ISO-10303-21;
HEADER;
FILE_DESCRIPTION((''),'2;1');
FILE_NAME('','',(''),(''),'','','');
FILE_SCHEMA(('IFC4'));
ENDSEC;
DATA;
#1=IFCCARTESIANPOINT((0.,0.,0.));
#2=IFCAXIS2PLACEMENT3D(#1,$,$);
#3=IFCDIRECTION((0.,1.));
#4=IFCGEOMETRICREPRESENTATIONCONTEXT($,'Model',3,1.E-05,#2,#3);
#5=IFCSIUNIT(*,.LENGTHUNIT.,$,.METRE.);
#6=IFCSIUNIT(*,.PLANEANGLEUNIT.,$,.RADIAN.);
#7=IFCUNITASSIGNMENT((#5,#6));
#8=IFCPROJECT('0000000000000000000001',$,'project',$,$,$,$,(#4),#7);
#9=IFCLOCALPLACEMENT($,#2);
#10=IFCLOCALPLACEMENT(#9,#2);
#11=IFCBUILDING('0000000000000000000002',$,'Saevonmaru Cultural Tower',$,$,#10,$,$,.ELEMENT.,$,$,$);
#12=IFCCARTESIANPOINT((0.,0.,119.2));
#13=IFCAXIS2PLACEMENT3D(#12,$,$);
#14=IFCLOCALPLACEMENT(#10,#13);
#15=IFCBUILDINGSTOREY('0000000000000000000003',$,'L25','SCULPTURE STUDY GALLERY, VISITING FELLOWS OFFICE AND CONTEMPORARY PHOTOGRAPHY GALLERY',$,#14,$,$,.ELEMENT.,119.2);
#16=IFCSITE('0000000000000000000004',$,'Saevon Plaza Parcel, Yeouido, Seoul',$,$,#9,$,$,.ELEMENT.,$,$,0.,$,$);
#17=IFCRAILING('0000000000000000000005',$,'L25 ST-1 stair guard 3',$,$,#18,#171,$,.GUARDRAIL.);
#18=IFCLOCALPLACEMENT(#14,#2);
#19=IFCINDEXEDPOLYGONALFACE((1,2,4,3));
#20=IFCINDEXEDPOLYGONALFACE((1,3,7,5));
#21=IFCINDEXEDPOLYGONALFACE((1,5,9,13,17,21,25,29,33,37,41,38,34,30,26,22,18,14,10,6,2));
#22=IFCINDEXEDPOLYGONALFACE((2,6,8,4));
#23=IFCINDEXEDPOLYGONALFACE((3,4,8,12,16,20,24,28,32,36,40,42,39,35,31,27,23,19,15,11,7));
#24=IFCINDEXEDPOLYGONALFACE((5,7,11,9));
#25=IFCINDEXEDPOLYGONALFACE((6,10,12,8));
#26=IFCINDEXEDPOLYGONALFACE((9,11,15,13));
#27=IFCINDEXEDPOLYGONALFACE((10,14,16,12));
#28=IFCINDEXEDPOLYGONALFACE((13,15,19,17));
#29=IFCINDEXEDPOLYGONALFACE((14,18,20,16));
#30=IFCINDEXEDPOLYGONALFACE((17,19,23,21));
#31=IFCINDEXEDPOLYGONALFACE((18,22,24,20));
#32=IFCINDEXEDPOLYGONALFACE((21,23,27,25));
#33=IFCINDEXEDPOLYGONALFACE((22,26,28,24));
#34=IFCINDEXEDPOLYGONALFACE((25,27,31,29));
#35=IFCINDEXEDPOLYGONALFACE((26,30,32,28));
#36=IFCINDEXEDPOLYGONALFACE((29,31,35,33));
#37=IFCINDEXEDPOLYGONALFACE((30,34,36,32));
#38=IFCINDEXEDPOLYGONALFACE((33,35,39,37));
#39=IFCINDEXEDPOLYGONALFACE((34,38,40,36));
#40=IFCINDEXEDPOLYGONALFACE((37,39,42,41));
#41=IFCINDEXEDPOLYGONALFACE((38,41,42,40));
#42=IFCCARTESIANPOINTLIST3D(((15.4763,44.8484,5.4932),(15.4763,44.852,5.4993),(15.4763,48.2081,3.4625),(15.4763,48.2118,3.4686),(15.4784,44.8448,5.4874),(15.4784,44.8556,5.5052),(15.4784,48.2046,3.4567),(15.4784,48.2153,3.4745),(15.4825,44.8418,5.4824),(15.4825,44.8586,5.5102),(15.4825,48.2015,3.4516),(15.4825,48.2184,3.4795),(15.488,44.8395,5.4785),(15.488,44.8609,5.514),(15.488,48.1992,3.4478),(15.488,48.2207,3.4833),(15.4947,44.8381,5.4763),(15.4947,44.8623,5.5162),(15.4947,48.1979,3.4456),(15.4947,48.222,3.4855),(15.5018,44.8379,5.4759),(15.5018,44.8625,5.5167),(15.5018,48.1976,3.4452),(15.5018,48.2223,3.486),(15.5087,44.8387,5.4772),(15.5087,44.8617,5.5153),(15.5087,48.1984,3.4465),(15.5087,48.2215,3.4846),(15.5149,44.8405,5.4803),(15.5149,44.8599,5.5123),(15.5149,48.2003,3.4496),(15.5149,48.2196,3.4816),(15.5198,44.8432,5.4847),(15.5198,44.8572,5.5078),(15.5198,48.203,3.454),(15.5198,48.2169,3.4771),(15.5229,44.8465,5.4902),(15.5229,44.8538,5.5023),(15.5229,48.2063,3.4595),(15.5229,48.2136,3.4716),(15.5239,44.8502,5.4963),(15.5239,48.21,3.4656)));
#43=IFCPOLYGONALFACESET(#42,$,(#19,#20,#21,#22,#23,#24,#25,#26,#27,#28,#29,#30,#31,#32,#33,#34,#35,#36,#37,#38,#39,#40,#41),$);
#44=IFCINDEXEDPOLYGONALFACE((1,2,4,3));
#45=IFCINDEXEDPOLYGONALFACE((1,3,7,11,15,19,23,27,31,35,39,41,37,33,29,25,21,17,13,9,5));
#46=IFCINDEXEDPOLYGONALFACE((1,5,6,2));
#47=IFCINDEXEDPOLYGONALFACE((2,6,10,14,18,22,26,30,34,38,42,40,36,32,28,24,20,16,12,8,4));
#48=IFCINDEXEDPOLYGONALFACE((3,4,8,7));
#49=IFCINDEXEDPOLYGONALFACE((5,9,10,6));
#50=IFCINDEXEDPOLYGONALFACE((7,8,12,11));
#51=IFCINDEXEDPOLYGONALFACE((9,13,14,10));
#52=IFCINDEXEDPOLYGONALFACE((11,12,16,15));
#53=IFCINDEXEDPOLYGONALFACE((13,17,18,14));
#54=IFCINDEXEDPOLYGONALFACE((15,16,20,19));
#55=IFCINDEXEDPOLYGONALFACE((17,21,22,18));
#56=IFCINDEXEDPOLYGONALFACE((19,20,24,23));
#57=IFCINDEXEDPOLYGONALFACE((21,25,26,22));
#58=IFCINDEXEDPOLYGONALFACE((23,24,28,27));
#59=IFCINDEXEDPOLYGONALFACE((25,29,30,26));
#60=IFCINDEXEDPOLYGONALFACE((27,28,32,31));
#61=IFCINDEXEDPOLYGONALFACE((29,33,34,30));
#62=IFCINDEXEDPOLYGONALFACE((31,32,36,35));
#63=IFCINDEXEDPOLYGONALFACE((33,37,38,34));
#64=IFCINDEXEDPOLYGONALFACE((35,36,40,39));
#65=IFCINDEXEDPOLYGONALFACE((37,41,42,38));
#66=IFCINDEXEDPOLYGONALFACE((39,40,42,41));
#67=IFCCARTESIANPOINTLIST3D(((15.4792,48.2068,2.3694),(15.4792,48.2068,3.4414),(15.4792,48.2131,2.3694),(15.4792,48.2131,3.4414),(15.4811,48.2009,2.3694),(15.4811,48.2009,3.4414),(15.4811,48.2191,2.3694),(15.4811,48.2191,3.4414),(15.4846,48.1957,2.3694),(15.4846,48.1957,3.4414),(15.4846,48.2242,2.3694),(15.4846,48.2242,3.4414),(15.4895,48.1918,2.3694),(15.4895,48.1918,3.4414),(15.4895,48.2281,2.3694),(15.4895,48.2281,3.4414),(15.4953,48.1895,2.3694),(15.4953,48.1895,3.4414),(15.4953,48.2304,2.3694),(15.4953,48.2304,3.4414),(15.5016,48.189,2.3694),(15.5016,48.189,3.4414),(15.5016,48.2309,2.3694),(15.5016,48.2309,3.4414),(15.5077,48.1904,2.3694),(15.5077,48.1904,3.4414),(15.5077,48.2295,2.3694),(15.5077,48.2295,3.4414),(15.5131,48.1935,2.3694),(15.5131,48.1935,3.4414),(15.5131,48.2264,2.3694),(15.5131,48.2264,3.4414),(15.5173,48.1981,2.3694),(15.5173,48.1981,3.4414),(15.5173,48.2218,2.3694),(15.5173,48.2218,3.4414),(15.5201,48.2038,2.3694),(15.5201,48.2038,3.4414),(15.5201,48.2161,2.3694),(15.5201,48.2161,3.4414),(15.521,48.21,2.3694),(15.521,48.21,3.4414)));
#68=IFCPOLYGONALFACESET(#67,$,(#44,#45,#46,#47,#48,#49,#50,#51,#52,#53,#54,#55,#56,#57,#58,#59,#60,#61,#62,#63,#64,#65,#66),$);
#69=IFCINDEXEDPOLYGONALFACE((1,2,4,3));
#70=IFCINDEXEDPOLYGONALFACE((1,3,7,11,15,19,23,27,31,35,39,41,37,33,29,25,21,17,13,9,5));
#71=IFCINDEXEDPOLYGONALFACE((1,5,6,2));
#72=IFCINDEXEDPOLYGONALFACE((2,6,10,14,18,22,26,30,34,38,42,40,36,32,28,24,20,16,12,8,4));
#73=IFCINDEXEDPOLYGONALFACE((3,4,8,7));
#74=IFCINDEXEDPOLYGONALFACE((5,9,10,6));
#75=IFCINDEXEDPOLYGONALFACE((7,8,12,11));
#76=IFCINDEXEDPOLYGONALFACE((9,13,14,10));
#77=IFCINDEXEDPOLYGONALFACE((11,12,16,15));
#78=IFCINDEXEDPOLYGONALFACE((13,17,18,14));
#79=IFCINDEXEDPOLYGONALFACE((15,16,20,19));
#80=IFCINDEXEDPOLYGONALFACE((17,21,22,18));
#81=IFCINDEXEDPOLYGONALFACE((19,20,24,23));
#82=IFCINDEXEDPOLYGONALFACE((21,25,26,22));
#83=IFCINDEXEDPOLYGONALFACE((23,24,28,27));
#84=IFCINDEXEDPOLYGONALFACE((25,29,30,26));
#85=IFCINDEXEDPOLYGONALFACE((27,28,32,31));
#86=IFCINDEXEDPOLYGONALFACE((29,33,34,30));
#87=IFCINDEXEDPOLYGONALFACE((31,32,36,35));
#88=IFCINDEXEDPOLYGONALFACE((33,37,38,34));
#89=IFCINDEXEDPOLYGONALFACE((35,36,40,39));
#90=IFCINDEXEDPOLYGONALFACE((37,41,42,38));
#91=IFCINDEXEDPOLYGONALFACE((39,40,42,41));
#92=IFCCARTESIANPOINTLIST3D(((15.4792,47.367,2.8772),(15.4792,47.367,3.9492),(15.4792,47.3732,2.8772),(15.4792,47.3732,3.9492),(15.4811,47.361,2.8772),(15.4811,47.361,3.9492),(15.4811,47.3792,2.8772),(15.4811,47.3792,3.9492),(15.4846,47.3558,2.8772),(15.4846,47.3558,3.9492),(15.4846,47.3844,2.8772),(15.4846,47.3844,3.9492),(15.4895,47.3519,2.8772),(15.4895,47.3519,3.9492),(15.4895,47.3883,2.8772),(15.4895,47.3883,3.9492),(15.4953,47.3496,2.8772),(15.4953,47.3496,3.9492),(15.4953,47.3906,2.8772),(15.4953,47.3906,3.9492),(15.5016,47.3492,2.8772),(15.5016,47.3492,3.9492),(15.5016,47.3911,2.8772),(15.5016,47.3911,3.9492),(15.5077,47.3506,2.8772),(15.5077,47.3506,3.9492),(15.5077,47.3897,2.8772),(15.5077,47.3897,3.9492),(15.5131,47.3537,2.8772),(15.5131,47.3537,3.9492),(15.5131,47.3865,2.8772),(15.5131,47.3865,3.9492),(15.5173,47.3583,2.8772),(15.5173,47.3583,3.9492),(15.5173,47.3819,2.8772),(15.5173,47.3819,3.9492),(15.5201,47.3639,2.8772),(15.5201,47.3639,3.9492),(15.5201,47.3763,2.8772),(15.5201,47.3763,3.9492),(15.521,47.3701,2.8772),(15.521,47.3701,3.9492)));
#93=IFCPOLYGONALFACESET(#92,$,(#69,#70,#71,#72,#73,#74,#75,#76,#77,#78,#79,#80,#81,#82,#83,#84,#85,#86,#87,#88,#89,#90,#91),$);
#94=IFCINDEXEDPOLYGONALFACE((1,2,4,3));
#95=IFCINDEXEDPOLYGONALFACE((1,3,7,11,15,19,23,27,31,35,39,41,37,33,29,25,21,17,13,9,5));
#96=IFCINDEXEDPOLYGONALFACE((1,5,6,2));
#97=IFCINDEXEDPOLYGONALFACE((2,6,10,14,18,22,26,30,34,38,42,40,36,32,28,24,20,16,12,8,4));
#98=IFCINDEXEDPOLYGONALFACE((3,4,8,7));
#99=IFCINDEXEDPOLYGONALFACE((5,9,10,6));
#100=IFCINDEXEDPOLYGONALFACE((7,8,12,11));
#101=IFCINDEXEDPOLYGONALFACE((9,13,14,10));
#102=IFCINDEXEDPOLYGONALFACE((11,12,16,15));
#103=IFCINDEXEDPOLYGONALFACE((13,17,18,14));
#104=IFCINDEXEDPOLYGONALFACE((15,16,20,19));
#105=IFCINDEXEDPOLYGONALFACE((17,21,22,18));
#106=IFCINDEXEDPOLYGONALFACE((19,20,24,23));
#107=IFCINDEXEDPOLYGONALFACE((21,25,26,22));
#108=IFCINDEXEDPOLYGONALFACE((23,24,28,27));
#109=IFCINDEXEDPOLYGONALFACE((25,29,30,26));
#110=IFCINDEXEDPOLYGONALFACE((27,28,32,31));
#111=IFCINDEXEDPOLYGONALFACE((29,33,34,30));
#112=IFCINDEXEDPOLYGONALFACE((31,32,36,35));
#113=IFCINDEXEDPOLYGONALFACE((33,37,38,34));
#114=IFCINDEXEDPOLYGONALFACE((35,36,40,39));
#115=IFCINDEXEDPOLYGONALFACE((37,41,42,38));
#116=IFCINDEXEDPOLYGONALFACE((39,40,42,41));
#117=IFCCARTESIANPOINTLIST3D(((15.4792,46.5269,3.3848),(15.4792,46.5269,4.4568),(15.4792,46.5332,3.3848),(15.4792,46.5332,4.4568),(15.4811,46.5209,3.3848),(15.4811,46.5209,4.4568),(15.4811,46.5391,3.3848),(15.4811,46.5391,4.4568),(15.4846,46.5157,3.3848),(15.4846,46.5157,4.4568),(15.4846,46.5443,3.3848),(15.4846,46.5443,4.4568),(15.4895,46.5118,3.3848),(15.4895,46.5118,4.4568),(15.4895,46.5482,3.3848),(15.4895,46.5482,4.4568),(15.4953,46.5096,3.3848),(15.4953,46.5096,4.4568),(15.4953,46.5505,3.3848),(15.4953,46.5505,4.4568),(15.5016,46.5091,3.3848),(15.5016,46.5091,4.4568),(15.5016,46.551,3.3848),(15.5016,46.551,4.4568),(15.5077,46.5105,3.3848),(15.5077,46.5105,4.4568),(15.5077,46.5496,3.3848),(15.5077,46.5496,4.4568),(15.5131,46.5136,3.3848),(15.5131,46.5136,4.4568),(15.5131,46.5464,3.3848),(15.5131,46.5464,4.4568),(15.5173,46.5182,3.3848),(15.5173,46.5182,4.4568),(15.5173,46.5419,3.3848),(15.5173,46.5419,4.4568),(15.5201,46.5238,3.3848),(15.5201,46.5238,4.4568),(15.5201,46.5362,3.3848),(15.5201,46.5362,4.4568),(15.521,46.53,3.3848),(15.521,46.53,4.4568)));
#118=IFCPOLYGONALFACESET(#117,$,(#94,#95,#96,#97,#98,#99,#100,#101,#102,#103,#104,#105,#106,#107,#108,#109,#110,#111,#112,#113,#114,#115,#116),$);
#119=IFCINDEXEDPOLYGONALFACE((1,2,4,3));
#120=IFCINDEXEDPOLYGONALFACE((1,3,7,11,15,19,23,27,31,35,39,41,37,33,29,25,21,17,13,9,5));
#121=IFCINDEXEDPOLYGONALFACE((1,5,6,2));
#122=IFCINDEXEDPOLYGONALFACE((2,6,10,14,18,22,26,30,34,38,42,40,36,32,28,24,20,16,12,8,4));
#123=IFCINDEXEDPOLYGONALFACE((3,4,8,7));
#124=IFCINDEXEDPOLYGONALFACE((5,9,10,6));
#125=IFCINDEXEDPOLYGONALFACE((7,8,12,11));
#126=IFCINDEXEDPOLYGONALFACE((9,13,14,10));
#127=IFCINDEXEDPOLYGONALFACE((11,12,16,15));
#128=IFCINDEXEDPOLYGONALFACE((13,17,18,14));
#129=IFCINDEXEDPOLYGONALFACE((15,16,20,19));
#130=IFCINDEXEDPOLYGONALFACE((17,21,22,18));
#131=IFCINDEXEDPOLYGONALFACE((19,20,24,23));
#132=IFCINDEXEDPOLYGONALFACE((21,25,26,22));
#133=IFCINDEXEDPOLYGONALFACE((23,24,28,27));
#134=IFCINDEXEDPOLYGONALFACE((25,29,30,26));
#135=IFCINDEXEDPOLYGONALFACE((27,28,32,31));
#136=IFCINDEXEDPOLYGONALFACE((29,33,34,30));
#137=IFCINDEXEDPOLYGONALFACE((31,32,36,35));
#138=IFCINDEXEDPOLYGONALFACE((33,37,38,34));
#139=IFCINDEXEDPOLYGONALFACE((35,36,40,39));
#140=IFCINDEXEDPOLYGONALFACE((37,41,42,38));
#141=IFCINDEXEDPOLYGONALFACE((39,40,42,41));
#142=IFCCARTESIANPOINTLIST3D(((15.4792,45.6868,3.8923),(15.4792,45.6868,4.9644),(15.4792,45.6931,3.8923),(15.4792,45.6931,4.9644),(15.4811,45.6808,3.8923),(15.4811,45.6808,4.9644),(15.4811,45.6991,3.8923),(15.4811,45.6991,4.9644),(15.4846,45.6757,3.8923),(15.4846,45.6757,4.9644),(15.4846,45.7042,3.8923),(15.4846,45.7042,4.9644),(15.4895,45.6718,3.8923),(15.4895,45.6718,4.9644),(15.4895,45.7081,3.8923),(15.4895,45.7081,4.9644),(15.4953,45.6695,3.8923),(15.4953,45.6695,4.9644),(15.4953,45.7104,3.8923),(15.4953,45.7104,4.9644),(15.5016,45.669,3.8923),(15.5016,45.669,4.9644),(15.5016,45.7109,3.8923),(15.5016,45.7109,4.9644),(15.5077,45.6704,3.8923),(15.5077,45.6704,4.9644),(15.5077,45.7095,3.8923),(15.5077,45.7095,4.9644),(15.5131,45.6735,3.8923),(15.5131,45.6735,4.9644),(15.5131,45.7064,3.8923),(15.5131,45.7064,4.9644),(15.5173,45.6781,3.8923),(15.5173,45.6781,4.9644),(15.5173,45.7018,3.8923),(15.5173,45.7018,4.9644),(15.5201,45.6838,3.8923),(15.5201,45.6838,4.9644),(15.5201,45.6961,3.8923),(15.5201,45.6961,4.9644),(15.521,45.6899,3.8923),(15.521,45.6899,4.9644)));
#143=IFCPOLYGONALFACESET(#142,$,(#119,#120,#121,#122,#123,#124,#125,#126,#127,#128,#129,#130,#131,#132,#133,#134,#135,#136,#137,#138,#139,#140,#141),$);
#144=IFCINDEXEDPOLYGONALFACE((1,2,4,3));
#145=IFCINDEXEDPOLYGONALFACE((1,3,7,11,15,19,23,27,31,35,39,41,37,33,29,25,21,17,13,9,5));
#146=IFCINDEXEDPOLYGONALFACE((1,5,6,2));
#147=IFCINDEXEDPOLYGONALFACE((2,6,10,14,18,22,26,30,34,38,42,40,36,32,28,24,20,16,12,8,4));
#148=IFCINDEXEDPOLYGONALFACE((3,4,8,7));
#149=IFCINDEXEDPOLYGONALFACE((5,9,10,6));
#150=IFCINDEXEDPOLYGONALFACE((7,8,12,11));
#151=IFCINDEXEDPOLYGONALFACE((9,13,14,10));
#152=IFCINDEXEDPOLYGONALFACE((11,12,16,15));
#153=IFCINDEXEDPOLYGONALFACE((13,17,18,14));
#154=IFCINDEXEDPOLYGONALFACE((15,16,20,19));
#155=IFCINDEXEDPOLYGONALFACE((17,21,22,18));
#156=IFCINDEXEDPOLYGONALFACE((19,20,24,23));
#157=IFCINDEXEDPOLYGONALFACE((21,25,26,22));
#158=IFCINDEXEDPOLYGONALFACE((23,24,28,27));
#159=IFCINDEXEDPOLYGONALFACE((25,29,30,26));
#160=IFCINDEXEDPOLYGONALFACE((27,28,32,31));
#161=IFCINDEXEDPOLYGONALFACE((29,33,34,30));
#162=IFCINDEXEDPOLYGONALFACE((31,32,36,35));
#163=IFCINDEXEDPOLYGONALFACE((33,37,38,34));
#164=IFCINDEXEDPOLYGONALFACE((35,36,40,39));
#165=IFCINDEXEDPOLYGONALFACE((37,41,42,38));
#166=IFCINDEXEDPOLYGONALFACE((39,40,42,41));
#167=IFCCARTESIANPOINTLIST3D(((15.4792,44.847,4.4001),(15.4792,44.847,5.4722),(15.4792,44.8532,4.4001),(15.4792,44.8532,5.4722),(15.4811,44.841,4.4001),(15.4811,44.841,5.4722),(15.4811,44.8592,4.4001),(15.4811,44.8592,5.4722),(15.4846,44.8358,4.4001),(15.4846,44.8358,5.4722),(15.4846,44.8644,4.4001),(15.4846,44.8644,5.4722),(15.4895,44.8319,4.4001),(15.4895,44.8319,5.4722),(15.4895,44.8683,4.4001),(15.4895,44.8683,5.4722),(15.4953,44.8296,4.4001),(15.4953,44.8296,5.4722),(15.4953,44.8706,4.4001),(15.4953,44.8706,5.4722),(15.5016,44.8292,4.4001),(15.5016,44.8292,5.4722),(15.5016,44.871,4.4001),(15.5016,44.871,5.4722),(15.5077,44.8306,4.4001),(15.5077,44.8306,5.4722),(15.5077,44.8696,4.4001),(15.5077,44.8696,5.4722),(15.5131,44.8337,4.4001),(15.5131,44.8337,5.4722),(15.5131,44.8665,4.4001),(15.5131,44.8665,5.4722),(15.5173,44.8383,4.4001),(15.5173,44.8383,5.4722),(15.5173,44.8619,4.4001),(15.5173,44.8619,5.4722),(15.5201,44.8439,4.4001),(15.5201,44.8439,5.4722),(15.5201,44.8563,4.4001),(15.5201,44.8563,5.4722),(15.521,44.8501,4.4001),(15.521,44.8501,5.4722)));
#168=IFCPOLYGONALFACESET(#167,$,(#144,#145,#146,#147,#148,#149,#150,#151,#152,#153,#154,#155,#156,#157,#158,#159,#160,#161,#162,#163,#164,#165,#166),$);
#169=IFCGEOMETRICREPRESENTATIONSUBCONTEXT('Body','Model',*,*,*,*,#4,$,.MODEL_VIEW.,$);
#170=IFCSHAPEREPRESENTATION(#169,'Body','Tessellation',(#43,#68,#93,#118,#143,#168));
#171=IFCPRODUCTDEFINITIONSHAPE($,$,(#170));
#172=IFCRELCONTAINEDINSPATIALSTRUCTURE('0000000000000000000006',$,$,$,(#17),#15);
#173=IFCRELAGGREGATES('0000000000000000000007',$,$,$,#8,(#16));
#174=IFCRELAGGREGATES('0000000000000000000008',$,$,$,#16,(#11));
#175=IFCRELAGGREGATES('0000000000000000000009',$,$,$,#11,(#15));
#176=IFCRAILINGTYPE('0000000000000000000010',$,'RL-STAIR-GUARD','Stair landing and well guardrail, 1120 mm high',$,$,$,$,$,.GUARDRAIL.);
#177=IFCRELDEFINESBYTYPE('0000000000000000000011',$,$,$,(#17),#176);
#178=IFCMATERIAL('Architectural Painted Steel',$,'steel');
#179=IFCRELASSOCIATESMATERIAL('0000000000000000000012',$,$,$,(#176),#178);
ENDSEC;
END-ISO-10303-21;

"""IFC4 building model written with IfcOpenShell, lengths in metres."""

from ifc_helpers import new_model, si_unit, direction, frame, origin, origin_2d, place, context, subcontext, project, spatial, circle, extrude, material, type_object, element, save


model = new_model("IFC4")

# Units and contexts
model_context = context("Model", 3, precision=1e-05, world=origin(), true_north=direction((0.0, 1.0)))
body_context = subcontext(model_context, "Body", "Model", "MODEL_VIEW")
ifc_project = project(units=[si_unit("LENGTHUNIT", "METRE"), si_unit("PLANEANGLEUNIT", "RADIAN")], contexts=[model_context])

# Site, building, storey
site_placement = place(None, origin())
site = spatial("IfcSite", under=ifc_project, at=site_placement, Name="Saevon Plaza Parcel, Yeouido, Seoul", CompositionType="ELEMENT", RefElevation=0.0)
building_placement = place(site_placement, origin())
building = spatial("IfcBuilding", under=site, at=building_placement, Name="Saevonmaru Cultural Tower", CompositionType="ELEMENT")
storey_placement = place(building_placement, frame((0.0, 0.0, 119.2)))
storey = spatial("IfcBuildingStorey", under=building, at=storey_placement, Name="L25", Description="SCULPTURE STUDY GALLERY, VISITING FELLOWS OFFICE AND CONTEMPORARY PHOTOGRAPHY GALLERY", CompositionType="ELEMENT", Elevation=119.2)

# Railing
ifc_material_1 = material(Name="Architectural Painted Steel", Category="steel")
railing_type_1 = type_object("IfcRailingType", Name="RL-STAIR-GUARD", Description="Stair landing and well guardrail, 1120 mm high", PredefinedType="GUARDRAIL", material=ifc_material_1)
railing_1_placement = place(storey_placement, frame((15.5, 48.21, 2.3694)))
element("IfcRailing", 1, at=railing_1_placement, inside=storey, type_object=railing_type_1, Name="L25 ST-1 stair guard 3", PredefinedType="GUARDRAIL", context=body_context, shape_type="SweptSolid", body=[
    extrude(circle(Radius=0.0239, at=origin_2d()), frame((0.0, 0.0, 1.0962), z_axis=(0.0, -0.85582, 0.517273), x_axis=(1.0, 0.0, 0.0)), (0.0, 0.0, 1.0), 3.9258),
    extrude(circle(Radius=0.021, at=origin_2d()), origin(), (0.0, 0.0, 1.0), 1.072),
    extrude(circle(Radius=0.021, at=origin_2d()), frame((0.0, -0.8398, 0.5078)), (0.0, 0.0, 1.0), 1.072),
    extrude(circle(Radius=0.021, at=origin_2d()), frame((0.0, -1.6799, 1.0154)), (0.0, 0.0, 1.0), 1.072),
    extrude(circle(Radius=0.021, at=origin_2d()), frame((0.0, -2.52, 1.5229)), (0.0, 0.0, 1.0), 1.072),
    extrude(circle(Radius=0.021, at=origin_2d()), frame((0.0, -3.3599, 2.0308)), (0.0, 0.0, 1.0), 1.072),
])

save(model, "model.ifc")
